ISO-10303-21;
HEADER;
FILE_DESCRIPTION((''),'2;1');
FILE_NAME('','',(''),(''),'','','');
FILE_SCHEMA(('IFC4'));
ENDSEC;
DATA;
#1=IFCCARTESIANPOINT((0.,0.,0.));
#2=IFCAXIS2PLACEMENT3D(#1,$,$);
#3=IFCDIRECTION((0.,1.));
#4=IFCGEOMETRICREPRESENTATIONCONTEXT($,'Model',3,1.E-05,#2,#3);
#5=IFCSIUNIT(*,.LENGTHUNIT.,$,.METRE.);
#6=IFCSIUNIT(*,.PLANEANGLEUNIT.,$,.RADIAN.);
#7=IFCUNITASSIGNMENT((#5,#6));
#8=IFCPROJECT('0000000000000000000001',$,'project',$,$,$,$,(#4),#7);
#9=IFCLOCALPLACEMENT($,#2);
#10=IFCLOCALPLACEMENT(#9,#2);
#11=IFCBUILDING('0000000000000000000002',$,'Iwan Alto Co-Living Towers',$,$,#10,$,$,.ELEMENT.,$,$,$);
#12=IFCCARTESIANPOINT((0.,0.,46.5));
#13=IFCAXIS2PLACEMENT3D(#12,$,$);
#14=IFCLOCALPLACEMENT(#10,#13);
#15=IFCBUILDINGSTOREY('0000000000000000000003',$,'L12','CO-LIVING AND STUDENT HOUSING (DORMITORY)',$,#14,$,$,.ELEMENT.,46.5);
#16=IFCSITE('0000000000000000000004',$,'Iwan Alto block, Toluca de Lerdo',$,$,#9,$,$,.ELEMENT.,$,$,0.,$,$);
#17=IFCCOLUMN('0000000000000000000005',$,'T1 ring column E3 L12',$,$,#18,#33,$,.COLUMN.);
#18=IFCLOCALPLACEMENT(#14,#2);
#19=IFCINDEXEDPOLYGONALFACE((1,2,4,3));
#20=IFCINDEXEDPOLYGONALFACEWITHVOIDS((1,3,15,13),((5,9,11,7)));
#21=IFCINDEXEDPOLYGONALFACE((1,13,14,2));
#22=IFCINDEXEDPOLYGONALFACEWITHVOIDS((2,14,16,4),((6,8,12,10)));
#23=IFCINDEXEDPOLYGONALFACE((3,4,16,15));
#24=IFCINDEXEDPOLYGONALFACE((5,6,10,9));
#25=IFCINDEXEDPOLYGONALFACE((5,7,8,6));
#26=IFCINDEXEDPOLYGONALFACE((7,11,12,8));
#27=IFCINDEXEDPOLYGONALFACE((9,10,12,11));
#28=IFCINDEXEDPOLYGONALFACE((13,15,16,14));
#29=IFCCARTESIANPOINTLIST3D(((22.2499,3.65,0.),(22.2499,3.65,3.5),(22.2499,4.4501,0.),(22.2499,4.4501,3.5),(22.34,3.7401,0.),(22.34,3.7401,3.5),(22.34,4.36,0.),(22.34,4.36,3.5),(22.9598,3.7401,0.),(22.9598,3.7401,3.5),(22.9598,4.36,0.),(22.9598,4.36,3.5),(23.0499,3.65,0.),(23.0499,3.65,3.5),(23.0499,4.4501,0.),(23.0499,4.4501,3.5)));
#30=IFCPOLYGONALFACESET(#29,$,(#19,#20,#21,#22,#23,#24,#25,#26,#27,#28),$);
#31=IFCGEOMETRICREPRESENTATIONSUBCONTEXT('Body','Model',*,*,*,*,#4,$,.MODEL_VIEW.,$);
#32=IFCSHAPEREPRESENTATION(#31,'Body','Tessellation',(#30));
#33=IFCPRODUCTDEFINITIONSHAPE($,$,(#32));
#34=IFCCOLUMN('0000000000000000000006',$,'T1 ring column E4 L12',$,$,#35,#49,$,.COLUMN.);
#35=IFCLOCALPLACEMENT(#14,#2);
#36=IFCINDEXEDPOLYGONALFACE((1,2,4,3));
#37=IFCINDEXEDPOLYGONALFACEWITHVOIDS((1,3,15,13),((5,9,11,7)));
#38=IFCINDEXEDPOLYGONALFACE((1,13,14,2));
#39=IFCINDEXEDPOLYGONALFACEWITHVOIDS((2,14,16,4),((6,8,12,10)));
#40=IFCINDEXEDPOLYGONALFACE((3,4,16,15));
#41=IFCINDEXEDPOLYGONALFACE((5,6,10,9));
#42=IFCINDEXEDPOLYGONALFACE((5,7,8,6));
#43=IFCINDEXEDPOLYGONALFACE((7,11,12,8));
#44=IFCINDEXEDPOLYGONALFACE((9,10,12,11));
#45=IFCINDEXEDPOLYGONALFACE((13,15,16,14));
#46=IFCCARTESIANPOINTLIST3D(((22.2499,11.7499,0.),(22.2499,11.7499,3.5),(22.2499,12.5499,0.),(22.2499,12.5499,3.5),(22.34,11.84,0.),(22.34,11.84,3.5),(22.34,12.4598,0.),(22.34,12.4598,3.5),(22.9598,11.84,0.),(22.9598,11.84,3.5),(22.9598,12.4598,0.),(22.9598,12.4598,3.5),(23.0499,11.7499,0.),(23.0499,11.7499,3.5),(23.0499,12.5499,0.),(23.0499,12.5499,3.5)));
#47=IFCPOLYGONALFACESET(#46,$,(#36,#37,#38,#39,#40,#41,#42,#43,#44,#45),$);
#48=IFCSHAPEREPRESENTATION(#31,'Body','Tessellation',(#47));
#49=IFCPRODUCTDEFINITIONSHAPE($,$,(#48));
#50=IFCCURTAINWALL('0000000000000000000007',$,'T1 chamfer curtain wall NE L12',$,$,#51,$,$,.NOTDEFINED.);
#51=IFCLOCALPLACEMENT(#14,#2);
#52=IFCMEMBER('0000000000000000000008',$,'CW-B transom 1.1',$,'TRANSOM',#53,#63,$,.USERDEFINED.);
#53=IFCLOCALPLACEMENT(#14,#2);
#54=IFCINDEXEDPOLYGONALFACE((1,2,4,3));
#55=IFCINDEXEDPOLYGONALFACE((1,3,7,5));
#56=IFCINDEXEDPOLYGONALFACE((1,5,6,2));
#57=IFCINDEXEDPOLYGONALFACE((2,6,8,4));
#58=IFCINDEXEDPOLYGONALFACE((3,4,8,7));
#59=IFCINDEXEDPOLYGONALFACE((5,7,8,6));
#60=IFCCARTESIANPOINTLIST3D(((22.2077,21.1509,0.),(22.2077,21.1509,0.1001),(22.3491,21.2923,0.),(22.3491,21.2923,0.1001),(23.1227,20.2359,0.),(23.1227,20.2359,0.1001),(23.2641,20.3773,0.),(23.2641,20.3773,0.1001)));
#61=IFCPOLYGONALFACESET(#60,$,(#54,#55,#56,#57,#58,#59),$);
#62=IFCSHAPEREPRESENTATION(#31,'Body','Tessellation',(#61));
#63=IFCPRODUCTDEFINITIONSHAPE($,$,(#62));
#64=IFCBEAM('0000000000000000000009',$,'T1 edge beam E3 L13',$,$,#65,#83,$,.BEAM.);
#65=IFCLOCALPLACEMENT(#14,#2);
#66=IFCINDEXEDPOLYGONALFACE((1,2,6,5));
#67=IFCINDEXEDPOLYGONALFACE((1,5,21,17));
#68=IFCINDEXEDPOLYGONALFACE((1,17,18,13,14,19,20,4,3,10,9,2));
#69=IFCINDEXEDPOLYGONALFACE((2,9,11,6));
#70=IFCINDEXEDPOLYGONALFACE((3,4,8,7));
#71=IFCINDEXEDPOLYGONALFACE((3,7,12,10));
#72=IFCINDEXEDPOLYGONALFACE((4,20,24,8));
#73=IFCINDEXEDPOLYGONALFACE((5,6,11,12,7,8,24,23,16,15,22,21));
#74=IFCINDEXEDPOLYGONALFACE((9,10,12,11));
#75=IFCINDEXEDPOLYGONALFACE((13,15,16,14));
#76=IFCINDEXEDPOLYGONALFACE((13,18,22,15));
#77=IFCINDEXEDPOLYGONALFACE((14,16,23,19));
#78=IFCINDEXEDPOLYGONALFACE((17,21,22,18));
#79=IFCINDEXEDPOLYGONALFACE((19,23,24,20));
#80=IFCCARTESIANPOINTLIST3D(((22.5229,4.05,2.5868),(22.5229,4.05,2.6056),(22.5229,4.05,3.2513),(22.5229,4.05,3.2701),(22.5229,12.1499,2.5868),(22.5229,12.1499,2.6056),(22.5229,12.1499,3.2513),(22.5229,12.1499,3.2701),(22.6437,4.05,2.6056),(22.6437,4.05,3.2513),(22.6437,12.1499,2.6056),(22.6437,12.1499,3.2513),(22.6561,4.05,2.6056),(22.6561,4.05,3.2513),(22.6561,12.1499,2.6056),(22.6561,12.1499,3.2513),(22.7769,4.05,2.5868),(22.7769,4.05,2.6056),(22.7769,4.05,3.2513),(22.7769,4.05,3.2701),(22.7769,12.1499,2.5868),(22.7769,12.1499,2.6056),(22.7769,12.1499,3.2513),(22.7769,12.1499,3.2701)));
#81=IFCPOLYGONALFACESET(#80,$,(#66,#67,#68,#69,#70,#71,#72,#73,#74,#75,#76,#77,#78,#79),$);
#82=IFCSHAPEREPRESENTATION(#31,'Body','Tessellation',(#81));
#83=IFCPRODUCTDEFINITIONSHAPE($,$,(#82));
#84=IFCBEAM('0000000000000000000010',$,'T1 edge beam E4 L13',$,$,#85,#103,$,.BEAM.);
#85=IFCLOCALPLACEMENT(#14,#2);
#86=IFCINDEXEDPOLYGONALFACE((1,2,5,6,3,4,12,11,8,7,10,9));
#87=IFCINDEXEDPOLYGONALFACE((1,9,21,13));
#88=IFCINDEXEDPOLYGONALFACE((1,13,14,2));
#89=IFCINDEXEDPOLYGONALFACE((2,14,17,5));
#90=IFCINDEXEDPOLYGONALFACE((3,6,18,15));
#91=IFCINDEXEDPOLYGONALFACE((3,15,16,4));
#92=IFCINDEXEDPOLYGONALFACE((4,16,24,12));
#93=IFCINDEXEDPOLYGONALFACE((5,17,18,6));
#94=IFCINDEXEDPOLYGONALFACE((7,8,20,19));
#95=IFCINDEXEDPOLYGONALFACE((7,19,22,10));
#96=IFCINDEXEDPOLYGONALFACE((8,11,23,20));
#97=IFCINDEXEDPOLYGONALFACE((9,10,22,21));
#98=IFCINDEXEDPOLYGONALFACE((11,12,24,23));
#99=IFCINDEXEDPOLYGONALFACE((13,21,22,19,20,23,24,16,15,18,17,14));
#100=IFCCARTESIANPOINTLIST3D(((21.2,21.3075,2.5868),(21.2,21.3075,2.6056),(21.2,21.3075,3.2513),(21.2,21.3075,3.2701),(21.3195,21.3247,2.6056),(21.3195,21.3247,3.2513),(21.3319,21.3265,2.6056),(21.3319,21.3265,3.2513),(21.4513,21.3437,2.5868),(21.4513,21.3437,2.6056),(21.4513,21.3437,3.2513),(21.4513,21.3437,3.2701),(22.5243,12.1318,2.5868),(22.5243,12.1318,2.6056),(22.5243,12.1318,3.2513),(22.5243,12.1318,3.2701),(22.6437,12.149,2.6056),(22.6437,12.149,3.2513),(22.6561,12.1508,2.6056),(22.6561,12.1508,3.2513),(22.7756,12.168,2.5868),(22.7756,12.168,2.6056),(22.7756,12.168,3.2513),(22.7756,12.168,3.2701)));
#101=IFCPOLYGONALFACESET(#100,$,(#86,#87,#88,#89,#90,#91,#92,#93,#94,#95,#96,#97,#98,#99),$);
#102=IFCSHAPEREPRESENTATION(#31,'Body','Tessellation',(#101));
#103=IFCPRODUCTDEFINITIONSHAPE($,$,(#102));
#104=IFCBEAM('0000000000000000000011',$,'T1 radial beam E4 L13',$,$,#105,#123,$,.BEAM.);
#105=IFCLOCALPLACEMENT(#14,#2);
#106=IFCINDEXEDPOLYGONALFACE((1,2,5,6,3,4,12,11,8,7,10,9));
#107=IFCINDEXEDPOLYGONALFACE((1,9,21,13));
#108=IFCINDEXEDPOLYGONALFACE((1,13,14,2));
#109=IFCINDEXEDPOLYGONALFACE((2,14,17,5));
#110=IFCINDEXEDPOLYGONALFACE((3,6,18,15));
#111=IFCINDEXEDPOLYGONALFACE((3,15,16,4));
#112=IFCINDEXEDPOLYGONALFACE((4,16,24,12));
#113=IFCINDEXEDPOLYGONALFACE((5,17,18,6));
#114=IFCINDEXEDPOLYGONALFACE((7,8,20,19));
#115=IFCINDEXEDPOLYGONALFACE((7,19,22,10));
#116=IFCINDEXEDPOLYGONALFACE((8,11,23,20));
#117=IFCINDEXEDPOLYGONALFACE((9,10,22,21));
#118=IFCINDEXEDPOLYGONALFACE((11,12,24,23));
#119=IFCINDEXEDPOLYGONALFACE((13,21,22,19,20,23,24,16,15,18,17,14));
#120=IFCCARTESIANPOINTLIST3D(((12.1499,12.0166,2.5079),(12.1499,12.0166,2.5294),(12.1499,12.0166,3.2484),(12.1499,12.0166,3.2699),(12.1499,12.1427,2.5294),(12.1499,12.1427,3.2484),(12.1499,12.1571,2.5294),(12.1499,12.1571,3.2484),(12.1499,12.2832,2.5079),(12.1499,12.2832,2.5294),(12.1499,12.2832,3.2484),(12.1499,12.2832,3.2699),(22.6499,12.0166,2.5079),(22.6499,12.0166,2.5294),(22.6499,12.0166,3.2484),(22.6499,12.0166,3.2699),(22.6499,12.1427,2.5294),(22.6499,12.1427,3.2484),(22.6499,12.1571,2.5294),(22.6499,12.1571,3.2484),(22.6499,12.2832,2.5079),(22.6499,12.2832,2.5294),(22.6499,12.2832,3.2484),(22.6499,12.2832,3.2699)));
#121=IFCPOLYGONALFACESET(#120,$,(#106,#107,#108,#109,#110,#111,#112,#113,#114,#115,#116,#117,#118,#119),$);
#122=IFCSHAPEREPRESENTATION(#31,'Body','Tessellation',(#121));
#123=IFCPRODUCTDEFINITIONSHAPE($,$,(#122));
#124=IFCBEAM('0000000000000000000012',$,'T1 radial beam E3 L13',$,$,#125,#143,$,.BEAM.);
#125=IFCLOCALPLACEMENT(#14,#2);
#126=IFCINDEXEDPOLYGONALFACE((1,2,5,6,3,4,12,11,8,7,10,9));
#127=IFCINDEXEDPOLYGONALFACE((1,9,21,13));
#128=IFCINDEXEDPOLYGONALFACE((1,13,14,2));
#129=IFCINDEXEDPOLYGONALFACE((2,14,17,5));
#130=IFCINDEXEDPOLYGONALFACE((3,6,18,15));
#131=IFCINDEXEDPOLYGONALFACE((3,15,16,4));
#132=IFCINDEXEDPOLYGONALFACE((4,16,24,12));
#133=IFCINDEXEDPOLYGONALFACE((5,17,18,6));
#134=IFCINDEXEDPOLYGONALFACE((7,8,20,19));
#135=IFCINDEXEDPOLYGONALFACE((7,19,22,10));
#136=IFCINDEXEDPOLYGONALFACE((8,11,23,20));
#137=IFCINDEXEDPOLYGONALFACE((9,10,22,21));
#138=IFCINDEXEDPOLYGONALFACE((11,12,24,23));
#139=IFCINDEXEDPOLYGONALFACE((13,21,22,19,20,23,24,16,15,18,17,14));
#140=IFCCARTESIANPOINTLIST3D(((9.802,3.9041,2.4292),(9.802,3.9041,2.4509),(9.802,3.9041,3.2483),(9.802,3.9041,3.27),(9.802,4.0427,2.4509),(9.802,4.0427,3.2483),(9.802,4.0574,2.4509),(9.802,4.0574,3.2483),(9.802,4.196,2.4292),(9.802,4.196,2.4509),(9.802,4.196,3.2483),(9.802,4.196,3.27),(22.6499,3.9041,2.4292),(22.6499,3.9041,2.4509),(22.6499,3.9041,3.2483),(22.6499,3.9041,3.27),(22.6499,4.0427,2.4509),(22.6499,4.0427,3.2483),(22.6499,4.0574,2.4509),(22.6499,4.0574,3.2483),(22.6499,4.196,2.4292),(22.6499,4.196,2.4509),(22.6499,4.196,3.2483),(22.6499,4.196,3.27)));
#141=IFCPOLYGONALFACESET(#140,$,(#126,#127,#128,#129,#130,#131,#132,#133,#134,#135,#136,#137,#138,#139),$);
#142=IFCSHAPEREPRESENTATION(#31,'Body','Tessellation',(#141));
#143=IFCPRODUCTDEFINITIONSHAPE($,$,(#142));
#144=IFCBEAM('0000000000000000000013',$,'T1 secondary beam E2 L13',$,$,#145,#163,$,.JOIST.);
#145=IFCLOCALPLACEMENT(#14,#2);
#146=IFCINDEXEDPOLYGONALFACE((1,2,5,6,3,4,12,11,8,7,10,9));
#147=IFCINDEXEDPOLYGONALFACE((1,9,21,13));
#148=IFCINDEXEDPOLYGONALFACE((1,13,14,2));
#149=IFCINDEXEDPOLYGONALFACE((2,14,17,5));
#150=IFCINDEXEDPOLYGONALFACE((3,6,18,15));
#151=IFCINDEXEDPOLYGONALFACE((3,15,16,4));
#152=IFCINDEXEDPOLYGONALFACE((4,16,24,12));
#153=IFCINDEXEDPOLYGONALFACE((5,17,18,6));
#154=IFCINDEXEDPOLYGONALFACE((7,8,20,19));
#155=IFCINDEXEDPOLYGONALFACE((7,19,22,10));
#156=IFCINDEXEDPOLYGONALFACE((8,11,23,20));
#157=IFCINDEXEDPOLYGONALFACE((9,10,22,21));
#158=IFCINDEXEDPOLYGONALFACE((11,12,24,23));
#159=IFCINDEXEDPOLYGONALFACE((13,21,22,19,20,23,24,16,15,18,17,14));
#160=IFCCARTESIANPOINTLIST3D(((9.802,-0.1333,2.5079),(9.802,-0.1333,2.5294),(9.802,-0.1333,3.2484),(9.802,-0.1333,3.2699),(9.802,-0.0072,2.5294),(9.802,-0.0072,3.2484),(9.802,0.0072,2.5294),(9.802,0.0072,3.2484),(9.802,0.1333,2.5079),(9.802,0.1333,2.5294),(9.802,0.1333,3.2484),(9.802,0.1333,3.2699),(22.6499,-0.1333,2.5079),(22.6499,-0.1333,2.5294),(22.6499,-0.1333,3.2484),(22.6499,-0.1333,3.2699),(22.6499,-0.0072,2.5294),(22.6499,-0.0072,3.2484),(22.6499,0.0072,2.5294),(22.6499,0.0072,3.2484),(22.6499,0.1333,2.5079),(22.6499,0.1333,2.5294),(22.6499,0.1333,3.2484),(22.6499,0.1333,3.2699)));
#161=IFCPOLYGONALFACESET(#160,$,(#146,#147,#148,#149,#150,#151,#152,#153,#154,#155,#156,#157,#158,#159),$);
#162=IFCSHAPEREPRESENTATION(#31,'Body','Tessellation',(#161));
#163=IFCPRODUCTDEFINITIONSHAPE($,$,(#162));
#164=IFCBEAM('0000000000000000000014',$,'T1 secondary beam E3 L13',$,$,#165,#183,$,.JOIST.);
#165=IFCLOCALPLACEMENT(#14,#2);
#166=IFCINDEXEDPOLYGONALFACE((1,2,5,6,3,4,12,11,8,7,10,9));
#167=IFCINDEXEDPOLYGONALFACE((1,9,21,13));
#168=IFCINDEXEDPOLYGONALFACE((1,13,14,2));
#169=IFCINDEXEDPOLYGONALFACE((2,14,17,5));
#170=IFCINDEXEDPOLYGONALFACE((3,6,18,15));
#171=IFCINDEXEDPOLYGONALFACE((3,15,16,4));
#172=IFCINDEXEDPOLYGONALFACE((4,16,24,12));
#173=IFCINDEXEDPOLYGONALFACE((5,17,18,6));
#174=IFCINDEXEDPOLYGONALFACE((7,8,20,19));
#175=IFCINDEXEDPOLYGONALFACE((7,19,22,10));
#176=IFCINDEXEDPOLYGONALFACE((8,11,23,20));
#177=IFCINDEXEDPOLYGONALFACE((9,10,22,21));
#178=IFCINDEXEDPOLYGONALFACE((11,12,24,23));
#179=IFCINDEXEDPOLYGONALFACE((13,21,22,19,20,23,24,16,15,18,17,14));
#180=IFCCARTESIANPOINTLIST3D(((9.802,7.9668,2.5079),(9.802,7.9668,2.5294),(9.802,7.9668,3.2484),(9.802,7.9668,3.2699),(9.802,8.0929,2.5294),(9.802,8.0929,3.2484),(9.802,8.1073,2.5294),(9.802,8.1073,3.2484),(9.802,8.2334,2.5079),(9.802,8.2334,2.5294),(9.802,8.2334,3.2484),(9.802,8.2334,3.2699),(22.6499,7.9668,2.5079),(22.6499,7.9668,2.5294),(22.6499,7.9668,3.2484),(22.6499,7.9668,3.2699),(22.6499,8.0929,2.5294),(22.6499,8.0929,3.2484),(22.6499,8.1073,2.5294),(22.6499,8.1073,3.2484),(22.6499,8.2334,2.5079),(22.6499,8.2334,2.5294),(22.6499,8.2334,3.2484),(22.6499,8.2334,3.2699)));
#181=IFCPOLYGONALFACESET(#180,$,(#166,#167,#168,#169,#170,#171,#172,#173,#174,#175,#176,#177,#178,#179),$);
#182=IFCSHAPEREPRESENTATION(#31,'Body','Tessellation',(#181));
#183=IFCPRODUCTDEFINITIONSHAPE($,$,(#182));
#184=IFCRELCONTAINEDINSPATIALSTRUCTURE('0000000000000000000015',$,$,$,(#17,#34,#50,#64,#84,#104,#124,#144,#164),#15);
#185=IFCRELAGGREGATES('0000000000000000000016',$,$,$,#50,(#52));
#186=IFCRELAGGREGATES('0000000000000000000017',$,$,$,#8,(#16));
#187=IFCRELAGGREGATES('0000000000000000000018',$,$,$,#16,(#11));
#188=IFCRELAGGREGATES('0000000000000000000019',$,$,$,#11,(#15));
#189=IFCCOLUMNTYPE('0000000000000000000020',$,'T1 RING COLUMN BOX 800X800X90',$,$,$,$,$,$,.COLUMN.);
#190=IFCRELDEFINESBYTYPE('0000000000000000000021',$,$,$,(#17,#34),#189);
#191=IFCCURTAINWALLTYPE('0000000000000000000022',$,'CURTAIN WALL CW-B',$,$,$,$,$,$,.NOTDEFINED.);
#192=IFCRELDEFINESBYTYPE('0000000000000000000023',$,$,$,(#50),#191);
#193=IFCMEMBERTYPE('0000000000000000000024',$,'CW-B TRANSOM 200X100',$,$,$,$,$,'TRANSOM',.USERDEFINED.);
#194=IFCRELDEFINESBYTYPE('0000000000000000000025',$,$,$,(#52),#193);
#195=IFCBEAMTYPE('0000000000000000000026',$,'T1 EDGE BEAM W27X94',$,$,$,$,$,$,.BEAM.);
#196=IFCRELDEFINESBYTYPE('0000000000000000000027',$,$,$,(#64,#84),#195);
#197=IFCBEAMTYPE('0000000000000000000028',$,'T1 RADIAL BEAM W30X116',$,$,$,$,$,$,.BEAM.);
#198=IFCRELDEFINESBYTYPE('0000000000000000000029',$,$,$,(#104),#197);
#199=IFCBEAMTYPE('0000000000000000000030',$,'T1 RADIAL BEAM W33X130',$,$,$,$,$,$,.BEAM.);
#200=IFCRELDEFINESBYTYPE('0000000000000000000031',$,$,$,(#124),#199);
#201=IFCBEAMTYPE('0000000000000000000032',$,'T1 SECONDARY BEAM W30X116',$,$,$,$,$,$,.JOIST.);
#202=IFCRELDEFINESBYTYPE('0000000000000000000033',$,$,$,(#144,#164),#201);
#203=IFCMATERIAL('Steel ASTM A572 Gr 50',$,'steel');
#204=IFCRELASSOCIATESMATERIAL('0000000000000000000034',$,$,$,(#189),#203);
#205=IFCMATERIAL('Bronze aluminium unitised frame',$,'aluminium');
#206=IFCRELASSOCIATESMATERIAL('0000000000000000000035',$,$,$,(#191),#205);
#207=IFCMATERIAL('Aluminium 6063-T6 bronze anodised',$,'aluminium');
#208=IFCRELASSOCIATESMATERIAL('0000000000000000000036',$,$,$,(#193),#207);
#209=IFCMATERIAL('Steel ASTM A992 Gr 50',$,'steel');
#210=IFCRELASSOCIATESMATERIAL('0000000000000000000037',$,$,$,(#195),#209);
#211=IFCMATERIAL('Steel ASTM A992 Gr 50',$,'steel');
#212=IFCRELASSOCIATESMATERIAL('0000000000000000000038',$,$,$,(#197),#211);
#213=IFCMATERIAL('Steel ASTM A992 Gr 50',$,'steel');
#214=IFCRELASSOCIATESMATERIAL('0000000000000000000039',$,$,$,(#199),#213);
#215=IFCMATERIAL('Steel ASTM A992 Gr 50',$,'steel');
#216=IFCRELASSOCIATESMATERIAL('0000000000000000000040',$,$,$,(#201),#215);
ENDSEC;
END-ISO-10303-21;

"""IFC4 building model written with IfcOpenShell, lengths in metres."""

from ifc_helpers import new_model, si_unit, direction, frame, origin, origin_2d, place, context, subcontext, project, spatial, rectangle, hollow_rectangle, i_section, extrude, material, material_profile, profile_set, type_object, element, aggregate, save


model = new_model("IFC4")

# Units and contexts
model_context = context("Model", 3, precision=1e-05, world=origin(), true_north=direction((0.0, 1.0)))
body_context = subcontext(model_context, "Body", "Model", "MODEL_VIEW")
ifc_project = project(units=[si_unit("LENGTHUNIT", "METRE"), si_unit("PLANEANGLEUNIT", "RADIAN")], contexts=[model_context])

# Site, building, storey
site_placement = place(None, origin())
site = spatial("IfcSite", under=ifc_project, at=site_placement, Name="Iwan Alto block, Toluca de Lerdo", CompositionType="ELEMENT", RefElevation=0.0)
building_placement = place(site_placement, origin())
building = spatial("IfcBuilding", under=site, at=building_placement, Name="Iwan Alto Co-Living Towers", CompositionType="ELEMENT")
storey_placement = place(building_placement, frame((0.0, 0.0, 46.5)))
storey = spatial("IfcBuildingStorey", under=building, at=storey_placement, Name="L12", Description="CO-LIVING AND STUDENT HOUSING (DORMITORY)", CompositionType="ELEMENT", Elevation=46.5)

# Columns
ifc_material_1 = material(Name="Steel ASTM A572 Gr 50", Category="steel")
ifc_material_profile_1 = material_profile(ifc_material_1, hollow_rectangle(XDim=0.8, YDim=0.8, WallThickness=0.0901, at=origin_2d()), Name="BOX 800X800X90")
ifc_profile_set_1 = profile_set([ifc_material_profile_1], Name="Steel ASTM A572 Gr 50")
column_type = type_object("IfcColumnType", Name="T1 RING COLUMN BOX 800X800X90", PredefinedType="COLUMN", material=ifc_profile_set_1)
for number, where, z_axis, x_axis, name in (
    (1, (22.6499, 4.05, 0.0), (0.0, 0.0, 1.0), (1.0, 0.0, 0.0), "T1 ring column E3 L12"),
    (2, (22.6499, 12.1499, 0.0), (0.0, 0.0, 1.0), (1.0, 0.0, 0.0), "T1 ring column E4 L12"),
):
    element("IfcColumn", number, at=place(storey_placement, frame(where, z_axis=z_axis, x_axis=x_axis)), inside=storey, type_object=column_type, Name=name, PredefinedType="COLUMN", context=body_context, shape_type="SweptSolid", body=[
        extrude(hollow_rectangle(XDim=0.8, YDim=0.8, WallThickness=0.0901, at=origin_2d()), origin(), (0.0, 0.0, 1.0), 3.5),
    ])

# Curtain wall, member
ifc_material_2 = material(Name="Bronze aluminium unitised frame", Category="aluminium")
curtain_wall_type = type_object("IfcCurtainWallType", Name="CURTAIN WALL CW-B", PredefinedType="NOTDEFINED", material=ifc_material_2)
curtain_wall_placement = place(storey_placement, origin())
curtain_wall = element("IfcCurtainWall", 3, at=curtain_wall_placement, inside=storey, type_object=curtain_wall_type, Name="T1 chamfer curtain wall NE L12", PredefinedType="NOTDEFINED")
ifc_material_3 = material(Name="Aluminium 6063-T6 bronze anodised", Category="aluminium")
ifc_material_profile_2 = material_profile(ifc_material_3, rectangle(XDim=0.2, YDim=0.1001, at=origin_2d()), Name="AL 200X100")
ifc_profile_set_2 = profile_set([ifc_material_profile_2], Name="Aluminium 6063-T6 bronze anodised")
member_type = type_object("IfcMemberType", Name="CW-B TRANSOM 200X100", ElementType="TRANSOM", PredefinedType="USERDEFINED", material=ifc_profile_set_2)
member_placement = place(storey_placement, frame((23.1934, 20.3066, 0.05), z_axis=(-0.707107, 0.707107, 0.0), x_axis=(-0.707107, -0.707107, 0.0)))
member = element("IfcMember", 4, at=member_placement, type_object=member_type, Name="CW-B transom 1.1", ObjectType="TRANSOM", PredefinedType="USERDEFINED", context=body_context, shape_type="SweptSolid", body=[
    extrude(rectangle(XDim=0.2, YDim=0.1001, at=origin_2d()), origin(), (0.0, 0.0, 1.0), 1.2939),
])
aggregate(curtain_wall, [member])

# Beams
ifc_material_4 = material(Name="Steel ASTM A992 Gr 50", Category="steel")
ifc_material_profile_3 = material_profile(ifc_material_4, i_section(OverallWidth=0.2539, OverallDepth=0.6833, WebThickness=0.0125, FlangeThickness=0.0188, at=origin_2d()), Name="W27X94")
ifc_profile_set_3 = profile_set([ifc_material_profile_3], Name="Steel ASTM A992 Gr 50")
beam_type_1 = type_object("IfcBeamType", Name="T1 EDGE BEAM W27X94", PredefinedType="BEAM", material=ifc_profile_set_3)
beam_1_placement = place(storey_placement, frame((22.6499, 4.05, 2.9285), z_axis=(0.0, 1.0, 0.0), x_axis=(-1.0, 0.0, 0.0)))
element("IfcBeam", 5, at=beam_1_placement, inside=storey, type_object=beam_type_1, Name="T1 edge beam E3 L13", PredefinedType="BEAM", context=body_context, shape_type="SweptSolid", body=[
    extrude(i_section(OverallWidth=0.2539, OverallDepth=0.6833, WebThickness=0.0125, FlangeThickness=0.0188, at=origin_2d()), origin(), (0.0, 0.0, 1.0), 8.0999),
])
beam_2_placement = place(storey_placement, frame((22.6499, 12.1499, 2.9285), z_axis=(-0.142837, 0.989746, 0.0), x_axis=(-0.989746, -0.142837, 0.0)))
element("IfcBeam", 6, at=beam_2_placement, inside=storey, type_object=beam_type_1, Name="T1 edge beam E4 L13", PredefinedType="BEAM", context=body_context, shape_type="SweptSolid", body=[
    extrude(i_section(OverallWidth=0.2539, OverallDepth=0.6833, WebThickness=0.0125, FlangeThickness=0.0188, at=origin_2d()), origin(), (0.0, 0.0, 1.0), 9.2708),
])
ifc_material_5 = material(Name="Steel ASTM A992 Gr 50", Category="steel")
ifc_material_profile_4 = material_profile(ifc_material_5, i_section(OverallWidth=0.2666, OverallDepth=0.762, WebThickness=0.0144, FlangeThickness=0.0215, at=origin_2d()), Name="W30X116")
ifc_profile_set_4 = profile_set([ifc_material_profile_4], Name="Steel ASTM A992 Gr 50")
beam_type_2 = type_object("IfcBeamType", Name="T1 RADIAL BEAM W30X116", PredefinedType="BEAM", material=ifc_profile_set_4)
beam_3_placement = place(storey_placement, frame((22.6499, 12.1499, 2.8889), z_axis=(-1.0, 0.0, 0.0), x_axis=(0.0, -1.0, 0.0)))
element("IfcBeam", 7, at=beam_3_placement, inside=storey, type_object=beam_type_2, Name="T1 radial beam E4 L13", PredefinedType="BEAM", context=body_context, shape_type="SweptSolid", body=[
    extrude(i_section(OverallWidth=0.2666, OverallDepth=0.762, WebThickness=0.0144, FlangeThickness=0.0215, at=origin_2d()), origin(), (0.0, 0.0, 1.0), 10.5),
])
ifc_material_6 = material(Name="Steel ASTM A992 Gr 50", Category="steel")
ifc_material_profile_5 = material_profile(ifc_material_6, i_section(OverallWidth=0.292, OverallDepth=0.8408, WebThickness=0.0146, FlangeThickness=0.0217, at=origin_2d()), Name="W33X130")
ifc_profile_set_5 = profile_set([ifc_material_profile_5], Name="Steel ASTM A992 Gr 50")
beam_type_3 = type_object("IfcBeamType", Name="T1 RADIAL BEAM W33X130", PredefinedType="BEAM", material=ifc_profile_set_5)
beam_4_placement = place(storey_placement, frame((22.6499, 4.05, 2.8496), z_axis=(-1.0, 0.0, 0.0), x_axis=(0.0, -1.0, 0.0)))
element("IfcBeam", 8, at=beam_4_placement, inside=storey, type_object=beam_type_3, Name="T1 radial beam E3 L13", PredefinedType="BEAM", context=body_context, shape_type="SweptSolid", body=[
    extrude(i_section(OverallWidth=0.292, OverallDepth=0.8408, WebThickness=0.0146, FlangeThickness=0.0217, at=origin_2d()), origin(), (0.0, 0.0, 1.0), 12.8479),
])
ifc_material_7 = material(Name="Steel ASTM A992 Gr 50", Category="steel")
ifc_material_profile_6 = material_profile(ifc_material_7, i_section(OverallWidth=0.2666, OverallDepth=0.762, WebThickness=0.0144, FlangeThickness=0.0215, at=origin_2d()), Name="W30X116")
ifc_profile_set_6 = profile_set([ifc_material_profile_6], Name="Steel ASTM A992 Gr 50")
beam_type_4 = type_object("IfcBeamType", Name="T1 SECONDARY BEAM W30X116", PredefinedType="JOIST", material=ifc_profile_set_6)
for number, where, z_axis, x_axis, name in (
    (9, (22.6499, 0.0, 2.8889), (-1.0, 0.0, 0.0), (0.0, -1.0, 0.0), "T1 secondary beam E2 L13"),
    (10, (22.6499, 8.1001, 2.8889), (-1.0, 0.0, 0.0), (0.0, -1.0, 0.0), "T1 secondary beam E3 L13"),
):
    element("IfcBeam", number, at=place(storey_placement, frame(where, z_axis=z_axis, x_axis=x_axis)), inside=storey, type_object=beam_type_4, Name=name, PredefinedType="JOIST", context=body_context, shape_type="SweptSolid", body=[
        extrude(i_section(OverallWidth=0.2666, OverallDepth=0.762, WebThickness=0.0144, FlangeThickness=0.0215, at=origin_2d()), origin(), (0.0, 0.0, 1.0), 12.8479),
    ])

save(model, "model.ifc")
